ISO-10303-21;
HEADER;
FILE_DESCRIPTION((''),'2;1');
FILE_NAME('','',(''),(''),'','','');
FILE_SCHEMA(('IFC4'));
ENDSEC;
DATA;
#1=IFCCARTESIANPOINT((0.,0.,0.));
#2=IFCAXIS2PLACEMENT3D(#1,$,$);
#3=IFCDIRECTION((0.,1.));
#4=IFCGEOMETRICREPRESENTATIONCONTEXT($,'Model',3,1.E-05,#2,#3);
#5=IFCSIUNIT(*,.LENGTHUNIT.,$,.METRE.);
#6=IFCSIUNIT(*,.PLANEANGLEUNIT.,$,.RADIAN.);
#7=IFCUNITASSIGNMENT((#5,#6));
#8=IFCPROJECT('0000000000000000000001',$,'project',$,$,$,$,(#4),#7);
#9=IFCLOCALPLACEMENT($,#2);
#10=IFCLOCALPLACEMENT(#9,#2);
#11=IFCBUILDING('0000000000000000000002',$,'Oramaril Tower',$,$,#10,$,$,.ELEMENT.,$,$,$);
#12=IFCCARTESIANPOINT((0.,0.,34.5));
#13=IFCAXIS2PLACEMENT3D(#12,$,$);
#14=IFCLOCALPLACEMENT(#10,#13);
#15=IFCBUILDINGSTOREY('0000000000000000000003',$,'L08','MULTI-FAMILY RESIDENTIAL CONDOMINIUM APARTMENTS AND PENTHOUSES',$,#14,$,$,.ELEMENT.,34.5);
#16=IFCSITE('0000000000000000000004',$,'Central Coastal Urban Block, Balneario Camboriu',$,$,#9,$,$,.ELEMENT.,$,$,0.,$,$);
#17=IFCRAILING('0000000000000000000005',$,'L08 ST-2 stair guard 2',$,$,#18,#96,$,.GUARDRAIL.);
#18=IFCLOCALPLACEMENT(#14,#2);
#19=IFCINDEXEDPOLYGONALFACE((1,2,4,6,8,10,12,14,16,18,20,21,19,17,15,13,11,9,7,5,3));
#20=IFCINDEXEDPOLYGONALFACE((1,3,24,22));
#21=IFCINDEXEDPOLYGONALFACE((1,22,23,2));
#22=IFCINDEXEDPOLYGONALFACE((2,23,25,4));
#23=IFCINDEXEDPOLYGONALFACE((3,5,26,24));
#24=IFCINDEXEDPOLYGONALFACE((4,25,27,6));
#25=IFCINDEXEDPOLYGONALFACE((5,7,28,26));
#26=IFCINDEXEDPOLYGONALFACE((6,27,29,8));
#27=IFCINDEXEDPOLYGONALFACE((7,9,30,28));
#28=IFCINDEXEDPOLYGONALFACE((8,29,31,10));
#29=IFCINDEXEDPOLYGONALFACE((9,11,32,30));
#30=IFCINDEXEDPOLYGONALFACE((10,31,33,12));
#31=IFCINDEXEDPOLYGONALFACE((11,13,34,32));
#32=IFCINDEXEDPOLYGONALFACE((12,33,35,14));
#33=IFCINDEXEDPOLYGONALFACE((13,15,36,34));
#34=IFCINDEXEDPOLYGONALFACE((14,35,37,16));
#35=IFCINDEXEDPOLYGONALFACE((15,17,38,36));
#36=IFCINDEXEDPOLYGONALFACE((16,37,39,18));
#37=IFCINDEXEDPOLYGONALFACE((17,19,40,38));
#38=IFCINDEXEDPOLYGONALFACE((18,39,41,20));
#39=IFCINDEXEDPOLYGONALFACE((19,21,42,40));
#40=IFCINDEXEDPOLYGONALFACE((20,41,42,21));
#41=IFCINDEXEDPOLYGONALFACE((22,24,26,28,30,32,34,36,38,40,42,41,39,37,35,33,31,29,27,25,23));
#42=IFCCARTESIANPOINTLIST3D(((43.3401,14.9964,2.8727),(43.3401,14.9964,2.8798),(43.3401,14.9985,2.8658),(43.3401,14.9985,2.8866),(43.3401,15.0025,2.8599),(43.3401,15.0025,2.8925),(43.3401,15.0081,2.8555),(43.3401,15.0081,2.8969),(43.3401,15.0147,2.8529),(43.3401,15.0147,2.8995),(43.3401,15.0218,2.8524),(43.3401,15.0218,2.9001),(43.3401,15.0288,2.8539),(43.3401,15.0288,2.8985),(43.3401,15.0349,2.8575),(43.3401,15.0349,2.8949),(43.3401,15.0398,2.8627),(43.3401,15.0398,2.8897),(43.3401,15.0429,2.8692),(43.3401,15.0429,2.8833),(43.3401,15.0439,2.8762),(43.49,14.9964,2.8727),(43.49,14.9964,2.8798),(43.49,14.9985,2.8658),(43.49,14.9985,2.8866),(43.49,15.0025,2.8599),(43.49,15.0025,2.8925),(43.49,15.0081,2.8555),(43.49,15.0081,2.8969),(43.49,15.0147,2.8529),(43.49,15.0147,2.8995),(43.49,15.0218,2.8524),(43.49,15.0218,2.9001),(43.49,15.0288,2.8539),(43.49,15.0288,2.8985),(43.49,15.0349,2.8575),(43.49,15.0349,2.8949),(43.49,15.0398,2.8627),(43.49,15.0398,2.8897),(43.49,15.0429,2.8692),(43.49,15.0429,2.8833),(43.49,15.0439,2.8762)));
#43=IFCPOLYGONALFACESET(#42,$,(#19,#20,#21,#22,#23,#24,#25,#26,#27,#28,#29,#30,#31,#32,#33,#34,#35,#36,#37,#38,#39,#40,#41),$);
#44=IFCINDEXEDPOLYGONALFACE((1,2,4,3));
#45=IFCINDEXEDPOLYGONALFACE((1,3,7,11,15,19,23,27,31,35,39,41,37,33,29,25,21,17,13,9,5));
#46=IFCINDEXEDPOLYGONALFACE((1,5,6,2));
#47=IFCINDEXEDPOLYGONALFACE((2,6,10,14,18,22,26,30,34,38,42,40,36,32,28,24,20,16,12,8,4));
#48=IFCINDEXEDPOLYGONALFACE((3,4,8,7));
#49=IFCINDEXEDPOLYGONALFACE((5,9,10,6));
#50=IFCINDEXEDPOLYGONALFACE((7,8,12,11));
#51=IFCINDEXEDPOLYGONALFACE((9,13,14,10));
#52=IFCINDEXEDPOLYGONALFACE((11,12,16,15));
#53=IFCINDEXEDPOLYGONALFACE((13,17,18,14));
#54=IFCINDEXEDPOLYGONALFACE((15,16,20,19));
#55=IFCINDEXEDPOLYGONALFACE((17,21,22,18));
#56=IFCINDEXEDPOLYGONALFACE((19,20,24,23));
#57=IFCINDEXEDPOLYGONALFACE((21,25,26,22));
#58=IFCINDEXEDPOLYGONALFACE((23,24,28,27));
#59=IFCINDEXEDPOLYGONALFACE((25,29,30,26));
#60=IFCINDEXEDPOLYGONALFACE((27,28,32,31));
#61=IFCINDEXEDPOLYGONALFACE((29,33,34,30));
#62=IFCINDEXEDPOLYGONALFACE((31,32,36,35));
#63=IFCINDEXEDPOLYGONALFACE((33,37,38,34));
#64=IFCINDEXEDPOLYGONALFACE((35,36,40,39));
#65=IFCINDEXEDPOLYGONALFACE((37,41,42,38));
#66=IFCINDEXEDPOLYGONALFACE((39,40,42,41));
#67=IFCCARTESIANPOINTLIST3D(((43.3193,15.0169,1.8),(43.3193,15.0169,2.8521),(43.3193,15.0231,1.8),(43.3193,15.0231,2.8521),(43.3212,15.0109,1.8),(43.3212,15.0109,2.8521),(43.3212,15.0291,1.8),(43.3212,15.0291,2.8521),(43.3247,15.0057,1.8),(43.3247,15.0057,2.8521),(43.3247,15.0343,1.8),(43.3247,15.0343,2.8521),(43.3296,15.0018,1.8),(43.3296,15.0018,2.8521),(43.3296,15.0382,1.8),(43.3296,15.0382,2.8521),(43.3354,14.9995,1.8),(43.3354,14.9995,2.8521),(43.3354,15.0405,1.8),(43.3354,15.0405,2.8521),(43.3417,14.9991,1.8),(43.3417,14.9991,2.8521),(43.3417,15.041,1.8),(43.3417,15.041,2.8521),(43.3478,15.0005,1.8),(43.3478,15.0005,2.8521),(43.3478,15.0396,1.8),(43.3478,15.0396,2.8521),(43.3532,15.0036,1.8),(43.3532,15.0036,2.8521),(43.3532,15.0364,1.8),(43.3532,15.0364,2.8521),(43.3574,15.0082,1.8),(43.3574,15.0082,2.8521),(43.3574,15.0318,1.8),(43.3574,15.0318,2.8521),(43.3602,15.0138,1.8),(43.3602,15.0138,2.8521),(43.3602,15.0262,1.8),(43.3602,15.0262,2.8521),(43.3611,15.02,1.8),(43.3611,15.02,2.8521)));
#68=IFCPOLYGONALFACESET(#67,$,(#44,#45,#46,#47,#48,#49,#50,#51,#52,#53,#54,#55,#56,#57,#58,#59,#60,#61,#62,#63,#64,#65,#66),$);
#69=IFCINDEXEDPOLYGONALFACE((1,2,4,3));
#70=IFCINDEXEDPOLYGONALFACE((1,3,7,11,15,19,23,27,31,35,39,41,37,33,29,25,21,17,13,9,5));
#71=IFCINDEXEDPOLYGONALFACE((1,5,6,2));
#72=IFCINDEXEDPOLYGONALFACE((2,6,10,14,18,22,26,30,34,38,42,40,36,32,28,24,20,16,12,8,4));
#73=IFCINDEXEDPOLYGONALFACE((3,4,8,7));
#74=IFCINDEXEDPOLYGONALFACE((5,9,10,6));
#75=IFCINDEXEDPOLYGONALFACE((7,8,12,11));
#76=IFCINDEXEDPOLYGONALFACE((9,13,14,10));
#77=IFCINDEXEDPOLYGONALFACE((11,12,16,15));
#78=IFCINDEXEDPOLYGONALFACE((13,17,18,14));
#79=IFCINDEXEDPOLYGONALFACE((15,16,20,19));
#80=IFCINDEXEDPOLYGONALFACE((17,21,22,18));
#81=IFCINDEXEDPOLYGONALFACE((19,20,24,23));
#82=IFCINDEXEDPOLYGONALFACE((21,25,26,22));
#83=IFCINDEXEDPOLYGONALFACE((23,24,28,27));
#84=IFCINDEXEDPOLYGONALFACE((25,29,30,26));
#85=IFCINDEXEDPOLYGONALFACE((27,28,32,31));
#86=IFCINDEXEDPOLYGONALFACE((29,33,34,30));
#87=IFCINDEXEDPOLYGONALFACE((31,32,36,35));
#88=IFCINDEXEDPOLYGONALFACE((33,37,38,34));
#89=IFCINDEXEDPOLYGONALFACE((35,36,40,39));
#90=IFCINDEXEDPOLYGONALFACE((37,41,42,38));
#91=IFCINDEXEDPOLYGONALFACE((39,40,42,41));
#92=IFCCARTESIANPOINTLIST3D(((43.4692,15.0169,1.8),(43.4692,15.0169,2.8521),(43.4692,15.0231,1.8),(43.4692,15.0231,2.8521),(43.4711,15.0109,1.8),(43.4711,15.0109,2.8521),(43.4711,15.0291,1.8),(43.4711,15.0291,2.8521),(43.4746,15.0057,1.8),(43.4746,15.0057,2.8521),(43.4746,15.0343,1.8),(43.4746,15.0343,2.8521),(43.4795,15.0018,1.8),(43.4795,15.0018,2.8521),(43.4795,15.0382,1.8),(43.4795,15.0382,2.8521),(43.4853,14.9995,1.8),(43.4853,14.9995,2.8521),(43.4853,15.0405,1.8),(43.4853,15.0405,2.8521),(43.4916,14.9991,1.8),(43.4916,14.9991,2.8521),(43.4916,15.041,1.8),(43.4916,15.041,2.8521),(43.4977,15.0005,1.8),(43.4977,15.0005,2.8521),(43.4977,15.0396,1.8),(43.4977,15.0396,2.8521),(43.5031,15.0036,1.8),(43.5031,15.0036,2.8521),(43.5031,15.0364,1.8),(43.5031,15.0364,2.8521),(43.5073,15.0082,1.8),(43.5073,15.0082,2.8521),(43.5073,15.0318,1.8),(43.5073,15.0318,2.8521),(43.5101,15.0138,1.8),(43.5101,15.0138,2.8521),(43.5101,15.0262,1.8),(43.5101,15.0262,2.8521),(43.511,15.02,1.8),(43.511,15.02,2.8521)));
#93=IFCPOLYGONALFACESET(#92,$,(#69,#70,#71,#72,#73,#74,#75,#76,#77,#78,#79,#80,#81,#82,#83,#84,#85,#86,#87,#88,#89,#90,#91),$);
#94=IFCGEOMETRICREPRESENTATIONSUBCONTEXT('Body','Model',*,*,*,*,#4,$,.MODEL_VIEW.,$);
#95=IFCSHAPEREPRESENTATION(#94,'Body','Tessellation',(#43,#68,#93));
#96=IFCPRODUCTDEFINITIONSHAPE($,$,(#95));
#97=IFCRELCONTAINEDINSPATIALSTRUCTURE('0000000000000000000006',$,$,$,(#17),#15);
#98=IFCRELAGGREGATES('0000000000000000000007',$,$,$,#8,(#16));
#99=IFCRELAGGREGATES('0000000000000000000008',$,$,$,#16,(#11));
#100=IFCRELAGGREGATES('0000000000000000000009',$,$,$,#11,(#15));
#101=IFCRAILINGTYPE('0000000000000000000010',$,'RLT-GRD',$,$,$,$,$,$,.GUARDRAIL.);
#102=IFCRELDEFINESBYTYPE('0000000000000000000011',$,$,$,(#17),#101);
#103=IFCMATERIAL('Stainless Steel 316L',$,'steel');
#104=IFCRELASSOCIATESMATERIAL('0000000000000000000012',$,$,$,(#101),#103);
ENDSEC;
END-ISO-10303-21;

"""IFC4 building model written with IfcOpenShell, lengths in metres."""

from ifc_helpers import new_model, si_unit, direction, frame, origin, origin_2d, place, context, subcontext, project, spatial, circle, extrude, material, type_object, element, save


model = new_model("IFC4")

# Units and contexts
model_context = context("Model", 3, precision=1e-05, world=origin(), true_north=direction((0.0, 1.0)))
body_context = subcontext(model_context, "Body", "Model", "MODEL_VIEW")
ifc_project = project(units=[si_unit("LENGTHUNIT", "METRE"), si_unit("PLANEANGLEUNIT", "RADIAN")], contexts=[model_context])

# Site, building, storey
site_placement = place(None, origin())
site = spatial("IfcSite", under=ifc_project, at=site_placement, Name="Central Coastal Urban Block, Balneario Camboriu", CompositionType="ELEMENT", RefElevation=0.0)
building_placement = place(site_placement, origin())
building = spatial("IfcBuilding", under=site, at=building_placement, Name="Oramaril Tower", CompositionType="ELEMENT")
storey_placement = place(building_placement, frame((0.0, 0.0, 34.5)))
storey = spatial("IfcBuildingStorey", under=building, at=storey_placement, Name="L08", Description="MULTI-FAMILY RESIDENTIAL CONDOMINIUM APARTMENTS AND PENTHOUSES", CompositionType="ELEMENT", Elevation=34.5)

# Railing
ifc_material_1 = material(Name="Stainless Steel 316L", Category="steel")
railing_type_1 = type_object("IfcRailingType", Name="RLT-GRD", PredefinedType="GUARDRAIL", material=ifc_material_1)
railing_1_placement = place(storey_placement, frame((43.3401, 15.02, 1.8)))
element("IfcRailing", 1, at=railing_1_placement, inside=storey, type_object=railing_type_1, Name="L08 ST-2 stair guard 2", PredefinedType="GUARDRAIL", context=body_context, shape_type="SweptSolid", body=[
    extrude(circle(Radius=0.0239, at=origin_2d()), frame((0.0, 0.0, 1.0762), z_axis=(1.0, 0.0, 0.0), x_axis=(0.0, 1.0, 0.0)), (0.0, 0.0, 1.0), 0.1499),
    extrude(circle(Radius=0.021, at=origin_2d()), origin(), (0.0, 0.0, 1.0), 1.052),
    extrude(circle(Radius=0.021, at=origin_2d()), frame((0.1499, 0.0, 0.0)), (0.0, 0.0, 1.0), 1.052),
])

save(model, "model.ifc")
